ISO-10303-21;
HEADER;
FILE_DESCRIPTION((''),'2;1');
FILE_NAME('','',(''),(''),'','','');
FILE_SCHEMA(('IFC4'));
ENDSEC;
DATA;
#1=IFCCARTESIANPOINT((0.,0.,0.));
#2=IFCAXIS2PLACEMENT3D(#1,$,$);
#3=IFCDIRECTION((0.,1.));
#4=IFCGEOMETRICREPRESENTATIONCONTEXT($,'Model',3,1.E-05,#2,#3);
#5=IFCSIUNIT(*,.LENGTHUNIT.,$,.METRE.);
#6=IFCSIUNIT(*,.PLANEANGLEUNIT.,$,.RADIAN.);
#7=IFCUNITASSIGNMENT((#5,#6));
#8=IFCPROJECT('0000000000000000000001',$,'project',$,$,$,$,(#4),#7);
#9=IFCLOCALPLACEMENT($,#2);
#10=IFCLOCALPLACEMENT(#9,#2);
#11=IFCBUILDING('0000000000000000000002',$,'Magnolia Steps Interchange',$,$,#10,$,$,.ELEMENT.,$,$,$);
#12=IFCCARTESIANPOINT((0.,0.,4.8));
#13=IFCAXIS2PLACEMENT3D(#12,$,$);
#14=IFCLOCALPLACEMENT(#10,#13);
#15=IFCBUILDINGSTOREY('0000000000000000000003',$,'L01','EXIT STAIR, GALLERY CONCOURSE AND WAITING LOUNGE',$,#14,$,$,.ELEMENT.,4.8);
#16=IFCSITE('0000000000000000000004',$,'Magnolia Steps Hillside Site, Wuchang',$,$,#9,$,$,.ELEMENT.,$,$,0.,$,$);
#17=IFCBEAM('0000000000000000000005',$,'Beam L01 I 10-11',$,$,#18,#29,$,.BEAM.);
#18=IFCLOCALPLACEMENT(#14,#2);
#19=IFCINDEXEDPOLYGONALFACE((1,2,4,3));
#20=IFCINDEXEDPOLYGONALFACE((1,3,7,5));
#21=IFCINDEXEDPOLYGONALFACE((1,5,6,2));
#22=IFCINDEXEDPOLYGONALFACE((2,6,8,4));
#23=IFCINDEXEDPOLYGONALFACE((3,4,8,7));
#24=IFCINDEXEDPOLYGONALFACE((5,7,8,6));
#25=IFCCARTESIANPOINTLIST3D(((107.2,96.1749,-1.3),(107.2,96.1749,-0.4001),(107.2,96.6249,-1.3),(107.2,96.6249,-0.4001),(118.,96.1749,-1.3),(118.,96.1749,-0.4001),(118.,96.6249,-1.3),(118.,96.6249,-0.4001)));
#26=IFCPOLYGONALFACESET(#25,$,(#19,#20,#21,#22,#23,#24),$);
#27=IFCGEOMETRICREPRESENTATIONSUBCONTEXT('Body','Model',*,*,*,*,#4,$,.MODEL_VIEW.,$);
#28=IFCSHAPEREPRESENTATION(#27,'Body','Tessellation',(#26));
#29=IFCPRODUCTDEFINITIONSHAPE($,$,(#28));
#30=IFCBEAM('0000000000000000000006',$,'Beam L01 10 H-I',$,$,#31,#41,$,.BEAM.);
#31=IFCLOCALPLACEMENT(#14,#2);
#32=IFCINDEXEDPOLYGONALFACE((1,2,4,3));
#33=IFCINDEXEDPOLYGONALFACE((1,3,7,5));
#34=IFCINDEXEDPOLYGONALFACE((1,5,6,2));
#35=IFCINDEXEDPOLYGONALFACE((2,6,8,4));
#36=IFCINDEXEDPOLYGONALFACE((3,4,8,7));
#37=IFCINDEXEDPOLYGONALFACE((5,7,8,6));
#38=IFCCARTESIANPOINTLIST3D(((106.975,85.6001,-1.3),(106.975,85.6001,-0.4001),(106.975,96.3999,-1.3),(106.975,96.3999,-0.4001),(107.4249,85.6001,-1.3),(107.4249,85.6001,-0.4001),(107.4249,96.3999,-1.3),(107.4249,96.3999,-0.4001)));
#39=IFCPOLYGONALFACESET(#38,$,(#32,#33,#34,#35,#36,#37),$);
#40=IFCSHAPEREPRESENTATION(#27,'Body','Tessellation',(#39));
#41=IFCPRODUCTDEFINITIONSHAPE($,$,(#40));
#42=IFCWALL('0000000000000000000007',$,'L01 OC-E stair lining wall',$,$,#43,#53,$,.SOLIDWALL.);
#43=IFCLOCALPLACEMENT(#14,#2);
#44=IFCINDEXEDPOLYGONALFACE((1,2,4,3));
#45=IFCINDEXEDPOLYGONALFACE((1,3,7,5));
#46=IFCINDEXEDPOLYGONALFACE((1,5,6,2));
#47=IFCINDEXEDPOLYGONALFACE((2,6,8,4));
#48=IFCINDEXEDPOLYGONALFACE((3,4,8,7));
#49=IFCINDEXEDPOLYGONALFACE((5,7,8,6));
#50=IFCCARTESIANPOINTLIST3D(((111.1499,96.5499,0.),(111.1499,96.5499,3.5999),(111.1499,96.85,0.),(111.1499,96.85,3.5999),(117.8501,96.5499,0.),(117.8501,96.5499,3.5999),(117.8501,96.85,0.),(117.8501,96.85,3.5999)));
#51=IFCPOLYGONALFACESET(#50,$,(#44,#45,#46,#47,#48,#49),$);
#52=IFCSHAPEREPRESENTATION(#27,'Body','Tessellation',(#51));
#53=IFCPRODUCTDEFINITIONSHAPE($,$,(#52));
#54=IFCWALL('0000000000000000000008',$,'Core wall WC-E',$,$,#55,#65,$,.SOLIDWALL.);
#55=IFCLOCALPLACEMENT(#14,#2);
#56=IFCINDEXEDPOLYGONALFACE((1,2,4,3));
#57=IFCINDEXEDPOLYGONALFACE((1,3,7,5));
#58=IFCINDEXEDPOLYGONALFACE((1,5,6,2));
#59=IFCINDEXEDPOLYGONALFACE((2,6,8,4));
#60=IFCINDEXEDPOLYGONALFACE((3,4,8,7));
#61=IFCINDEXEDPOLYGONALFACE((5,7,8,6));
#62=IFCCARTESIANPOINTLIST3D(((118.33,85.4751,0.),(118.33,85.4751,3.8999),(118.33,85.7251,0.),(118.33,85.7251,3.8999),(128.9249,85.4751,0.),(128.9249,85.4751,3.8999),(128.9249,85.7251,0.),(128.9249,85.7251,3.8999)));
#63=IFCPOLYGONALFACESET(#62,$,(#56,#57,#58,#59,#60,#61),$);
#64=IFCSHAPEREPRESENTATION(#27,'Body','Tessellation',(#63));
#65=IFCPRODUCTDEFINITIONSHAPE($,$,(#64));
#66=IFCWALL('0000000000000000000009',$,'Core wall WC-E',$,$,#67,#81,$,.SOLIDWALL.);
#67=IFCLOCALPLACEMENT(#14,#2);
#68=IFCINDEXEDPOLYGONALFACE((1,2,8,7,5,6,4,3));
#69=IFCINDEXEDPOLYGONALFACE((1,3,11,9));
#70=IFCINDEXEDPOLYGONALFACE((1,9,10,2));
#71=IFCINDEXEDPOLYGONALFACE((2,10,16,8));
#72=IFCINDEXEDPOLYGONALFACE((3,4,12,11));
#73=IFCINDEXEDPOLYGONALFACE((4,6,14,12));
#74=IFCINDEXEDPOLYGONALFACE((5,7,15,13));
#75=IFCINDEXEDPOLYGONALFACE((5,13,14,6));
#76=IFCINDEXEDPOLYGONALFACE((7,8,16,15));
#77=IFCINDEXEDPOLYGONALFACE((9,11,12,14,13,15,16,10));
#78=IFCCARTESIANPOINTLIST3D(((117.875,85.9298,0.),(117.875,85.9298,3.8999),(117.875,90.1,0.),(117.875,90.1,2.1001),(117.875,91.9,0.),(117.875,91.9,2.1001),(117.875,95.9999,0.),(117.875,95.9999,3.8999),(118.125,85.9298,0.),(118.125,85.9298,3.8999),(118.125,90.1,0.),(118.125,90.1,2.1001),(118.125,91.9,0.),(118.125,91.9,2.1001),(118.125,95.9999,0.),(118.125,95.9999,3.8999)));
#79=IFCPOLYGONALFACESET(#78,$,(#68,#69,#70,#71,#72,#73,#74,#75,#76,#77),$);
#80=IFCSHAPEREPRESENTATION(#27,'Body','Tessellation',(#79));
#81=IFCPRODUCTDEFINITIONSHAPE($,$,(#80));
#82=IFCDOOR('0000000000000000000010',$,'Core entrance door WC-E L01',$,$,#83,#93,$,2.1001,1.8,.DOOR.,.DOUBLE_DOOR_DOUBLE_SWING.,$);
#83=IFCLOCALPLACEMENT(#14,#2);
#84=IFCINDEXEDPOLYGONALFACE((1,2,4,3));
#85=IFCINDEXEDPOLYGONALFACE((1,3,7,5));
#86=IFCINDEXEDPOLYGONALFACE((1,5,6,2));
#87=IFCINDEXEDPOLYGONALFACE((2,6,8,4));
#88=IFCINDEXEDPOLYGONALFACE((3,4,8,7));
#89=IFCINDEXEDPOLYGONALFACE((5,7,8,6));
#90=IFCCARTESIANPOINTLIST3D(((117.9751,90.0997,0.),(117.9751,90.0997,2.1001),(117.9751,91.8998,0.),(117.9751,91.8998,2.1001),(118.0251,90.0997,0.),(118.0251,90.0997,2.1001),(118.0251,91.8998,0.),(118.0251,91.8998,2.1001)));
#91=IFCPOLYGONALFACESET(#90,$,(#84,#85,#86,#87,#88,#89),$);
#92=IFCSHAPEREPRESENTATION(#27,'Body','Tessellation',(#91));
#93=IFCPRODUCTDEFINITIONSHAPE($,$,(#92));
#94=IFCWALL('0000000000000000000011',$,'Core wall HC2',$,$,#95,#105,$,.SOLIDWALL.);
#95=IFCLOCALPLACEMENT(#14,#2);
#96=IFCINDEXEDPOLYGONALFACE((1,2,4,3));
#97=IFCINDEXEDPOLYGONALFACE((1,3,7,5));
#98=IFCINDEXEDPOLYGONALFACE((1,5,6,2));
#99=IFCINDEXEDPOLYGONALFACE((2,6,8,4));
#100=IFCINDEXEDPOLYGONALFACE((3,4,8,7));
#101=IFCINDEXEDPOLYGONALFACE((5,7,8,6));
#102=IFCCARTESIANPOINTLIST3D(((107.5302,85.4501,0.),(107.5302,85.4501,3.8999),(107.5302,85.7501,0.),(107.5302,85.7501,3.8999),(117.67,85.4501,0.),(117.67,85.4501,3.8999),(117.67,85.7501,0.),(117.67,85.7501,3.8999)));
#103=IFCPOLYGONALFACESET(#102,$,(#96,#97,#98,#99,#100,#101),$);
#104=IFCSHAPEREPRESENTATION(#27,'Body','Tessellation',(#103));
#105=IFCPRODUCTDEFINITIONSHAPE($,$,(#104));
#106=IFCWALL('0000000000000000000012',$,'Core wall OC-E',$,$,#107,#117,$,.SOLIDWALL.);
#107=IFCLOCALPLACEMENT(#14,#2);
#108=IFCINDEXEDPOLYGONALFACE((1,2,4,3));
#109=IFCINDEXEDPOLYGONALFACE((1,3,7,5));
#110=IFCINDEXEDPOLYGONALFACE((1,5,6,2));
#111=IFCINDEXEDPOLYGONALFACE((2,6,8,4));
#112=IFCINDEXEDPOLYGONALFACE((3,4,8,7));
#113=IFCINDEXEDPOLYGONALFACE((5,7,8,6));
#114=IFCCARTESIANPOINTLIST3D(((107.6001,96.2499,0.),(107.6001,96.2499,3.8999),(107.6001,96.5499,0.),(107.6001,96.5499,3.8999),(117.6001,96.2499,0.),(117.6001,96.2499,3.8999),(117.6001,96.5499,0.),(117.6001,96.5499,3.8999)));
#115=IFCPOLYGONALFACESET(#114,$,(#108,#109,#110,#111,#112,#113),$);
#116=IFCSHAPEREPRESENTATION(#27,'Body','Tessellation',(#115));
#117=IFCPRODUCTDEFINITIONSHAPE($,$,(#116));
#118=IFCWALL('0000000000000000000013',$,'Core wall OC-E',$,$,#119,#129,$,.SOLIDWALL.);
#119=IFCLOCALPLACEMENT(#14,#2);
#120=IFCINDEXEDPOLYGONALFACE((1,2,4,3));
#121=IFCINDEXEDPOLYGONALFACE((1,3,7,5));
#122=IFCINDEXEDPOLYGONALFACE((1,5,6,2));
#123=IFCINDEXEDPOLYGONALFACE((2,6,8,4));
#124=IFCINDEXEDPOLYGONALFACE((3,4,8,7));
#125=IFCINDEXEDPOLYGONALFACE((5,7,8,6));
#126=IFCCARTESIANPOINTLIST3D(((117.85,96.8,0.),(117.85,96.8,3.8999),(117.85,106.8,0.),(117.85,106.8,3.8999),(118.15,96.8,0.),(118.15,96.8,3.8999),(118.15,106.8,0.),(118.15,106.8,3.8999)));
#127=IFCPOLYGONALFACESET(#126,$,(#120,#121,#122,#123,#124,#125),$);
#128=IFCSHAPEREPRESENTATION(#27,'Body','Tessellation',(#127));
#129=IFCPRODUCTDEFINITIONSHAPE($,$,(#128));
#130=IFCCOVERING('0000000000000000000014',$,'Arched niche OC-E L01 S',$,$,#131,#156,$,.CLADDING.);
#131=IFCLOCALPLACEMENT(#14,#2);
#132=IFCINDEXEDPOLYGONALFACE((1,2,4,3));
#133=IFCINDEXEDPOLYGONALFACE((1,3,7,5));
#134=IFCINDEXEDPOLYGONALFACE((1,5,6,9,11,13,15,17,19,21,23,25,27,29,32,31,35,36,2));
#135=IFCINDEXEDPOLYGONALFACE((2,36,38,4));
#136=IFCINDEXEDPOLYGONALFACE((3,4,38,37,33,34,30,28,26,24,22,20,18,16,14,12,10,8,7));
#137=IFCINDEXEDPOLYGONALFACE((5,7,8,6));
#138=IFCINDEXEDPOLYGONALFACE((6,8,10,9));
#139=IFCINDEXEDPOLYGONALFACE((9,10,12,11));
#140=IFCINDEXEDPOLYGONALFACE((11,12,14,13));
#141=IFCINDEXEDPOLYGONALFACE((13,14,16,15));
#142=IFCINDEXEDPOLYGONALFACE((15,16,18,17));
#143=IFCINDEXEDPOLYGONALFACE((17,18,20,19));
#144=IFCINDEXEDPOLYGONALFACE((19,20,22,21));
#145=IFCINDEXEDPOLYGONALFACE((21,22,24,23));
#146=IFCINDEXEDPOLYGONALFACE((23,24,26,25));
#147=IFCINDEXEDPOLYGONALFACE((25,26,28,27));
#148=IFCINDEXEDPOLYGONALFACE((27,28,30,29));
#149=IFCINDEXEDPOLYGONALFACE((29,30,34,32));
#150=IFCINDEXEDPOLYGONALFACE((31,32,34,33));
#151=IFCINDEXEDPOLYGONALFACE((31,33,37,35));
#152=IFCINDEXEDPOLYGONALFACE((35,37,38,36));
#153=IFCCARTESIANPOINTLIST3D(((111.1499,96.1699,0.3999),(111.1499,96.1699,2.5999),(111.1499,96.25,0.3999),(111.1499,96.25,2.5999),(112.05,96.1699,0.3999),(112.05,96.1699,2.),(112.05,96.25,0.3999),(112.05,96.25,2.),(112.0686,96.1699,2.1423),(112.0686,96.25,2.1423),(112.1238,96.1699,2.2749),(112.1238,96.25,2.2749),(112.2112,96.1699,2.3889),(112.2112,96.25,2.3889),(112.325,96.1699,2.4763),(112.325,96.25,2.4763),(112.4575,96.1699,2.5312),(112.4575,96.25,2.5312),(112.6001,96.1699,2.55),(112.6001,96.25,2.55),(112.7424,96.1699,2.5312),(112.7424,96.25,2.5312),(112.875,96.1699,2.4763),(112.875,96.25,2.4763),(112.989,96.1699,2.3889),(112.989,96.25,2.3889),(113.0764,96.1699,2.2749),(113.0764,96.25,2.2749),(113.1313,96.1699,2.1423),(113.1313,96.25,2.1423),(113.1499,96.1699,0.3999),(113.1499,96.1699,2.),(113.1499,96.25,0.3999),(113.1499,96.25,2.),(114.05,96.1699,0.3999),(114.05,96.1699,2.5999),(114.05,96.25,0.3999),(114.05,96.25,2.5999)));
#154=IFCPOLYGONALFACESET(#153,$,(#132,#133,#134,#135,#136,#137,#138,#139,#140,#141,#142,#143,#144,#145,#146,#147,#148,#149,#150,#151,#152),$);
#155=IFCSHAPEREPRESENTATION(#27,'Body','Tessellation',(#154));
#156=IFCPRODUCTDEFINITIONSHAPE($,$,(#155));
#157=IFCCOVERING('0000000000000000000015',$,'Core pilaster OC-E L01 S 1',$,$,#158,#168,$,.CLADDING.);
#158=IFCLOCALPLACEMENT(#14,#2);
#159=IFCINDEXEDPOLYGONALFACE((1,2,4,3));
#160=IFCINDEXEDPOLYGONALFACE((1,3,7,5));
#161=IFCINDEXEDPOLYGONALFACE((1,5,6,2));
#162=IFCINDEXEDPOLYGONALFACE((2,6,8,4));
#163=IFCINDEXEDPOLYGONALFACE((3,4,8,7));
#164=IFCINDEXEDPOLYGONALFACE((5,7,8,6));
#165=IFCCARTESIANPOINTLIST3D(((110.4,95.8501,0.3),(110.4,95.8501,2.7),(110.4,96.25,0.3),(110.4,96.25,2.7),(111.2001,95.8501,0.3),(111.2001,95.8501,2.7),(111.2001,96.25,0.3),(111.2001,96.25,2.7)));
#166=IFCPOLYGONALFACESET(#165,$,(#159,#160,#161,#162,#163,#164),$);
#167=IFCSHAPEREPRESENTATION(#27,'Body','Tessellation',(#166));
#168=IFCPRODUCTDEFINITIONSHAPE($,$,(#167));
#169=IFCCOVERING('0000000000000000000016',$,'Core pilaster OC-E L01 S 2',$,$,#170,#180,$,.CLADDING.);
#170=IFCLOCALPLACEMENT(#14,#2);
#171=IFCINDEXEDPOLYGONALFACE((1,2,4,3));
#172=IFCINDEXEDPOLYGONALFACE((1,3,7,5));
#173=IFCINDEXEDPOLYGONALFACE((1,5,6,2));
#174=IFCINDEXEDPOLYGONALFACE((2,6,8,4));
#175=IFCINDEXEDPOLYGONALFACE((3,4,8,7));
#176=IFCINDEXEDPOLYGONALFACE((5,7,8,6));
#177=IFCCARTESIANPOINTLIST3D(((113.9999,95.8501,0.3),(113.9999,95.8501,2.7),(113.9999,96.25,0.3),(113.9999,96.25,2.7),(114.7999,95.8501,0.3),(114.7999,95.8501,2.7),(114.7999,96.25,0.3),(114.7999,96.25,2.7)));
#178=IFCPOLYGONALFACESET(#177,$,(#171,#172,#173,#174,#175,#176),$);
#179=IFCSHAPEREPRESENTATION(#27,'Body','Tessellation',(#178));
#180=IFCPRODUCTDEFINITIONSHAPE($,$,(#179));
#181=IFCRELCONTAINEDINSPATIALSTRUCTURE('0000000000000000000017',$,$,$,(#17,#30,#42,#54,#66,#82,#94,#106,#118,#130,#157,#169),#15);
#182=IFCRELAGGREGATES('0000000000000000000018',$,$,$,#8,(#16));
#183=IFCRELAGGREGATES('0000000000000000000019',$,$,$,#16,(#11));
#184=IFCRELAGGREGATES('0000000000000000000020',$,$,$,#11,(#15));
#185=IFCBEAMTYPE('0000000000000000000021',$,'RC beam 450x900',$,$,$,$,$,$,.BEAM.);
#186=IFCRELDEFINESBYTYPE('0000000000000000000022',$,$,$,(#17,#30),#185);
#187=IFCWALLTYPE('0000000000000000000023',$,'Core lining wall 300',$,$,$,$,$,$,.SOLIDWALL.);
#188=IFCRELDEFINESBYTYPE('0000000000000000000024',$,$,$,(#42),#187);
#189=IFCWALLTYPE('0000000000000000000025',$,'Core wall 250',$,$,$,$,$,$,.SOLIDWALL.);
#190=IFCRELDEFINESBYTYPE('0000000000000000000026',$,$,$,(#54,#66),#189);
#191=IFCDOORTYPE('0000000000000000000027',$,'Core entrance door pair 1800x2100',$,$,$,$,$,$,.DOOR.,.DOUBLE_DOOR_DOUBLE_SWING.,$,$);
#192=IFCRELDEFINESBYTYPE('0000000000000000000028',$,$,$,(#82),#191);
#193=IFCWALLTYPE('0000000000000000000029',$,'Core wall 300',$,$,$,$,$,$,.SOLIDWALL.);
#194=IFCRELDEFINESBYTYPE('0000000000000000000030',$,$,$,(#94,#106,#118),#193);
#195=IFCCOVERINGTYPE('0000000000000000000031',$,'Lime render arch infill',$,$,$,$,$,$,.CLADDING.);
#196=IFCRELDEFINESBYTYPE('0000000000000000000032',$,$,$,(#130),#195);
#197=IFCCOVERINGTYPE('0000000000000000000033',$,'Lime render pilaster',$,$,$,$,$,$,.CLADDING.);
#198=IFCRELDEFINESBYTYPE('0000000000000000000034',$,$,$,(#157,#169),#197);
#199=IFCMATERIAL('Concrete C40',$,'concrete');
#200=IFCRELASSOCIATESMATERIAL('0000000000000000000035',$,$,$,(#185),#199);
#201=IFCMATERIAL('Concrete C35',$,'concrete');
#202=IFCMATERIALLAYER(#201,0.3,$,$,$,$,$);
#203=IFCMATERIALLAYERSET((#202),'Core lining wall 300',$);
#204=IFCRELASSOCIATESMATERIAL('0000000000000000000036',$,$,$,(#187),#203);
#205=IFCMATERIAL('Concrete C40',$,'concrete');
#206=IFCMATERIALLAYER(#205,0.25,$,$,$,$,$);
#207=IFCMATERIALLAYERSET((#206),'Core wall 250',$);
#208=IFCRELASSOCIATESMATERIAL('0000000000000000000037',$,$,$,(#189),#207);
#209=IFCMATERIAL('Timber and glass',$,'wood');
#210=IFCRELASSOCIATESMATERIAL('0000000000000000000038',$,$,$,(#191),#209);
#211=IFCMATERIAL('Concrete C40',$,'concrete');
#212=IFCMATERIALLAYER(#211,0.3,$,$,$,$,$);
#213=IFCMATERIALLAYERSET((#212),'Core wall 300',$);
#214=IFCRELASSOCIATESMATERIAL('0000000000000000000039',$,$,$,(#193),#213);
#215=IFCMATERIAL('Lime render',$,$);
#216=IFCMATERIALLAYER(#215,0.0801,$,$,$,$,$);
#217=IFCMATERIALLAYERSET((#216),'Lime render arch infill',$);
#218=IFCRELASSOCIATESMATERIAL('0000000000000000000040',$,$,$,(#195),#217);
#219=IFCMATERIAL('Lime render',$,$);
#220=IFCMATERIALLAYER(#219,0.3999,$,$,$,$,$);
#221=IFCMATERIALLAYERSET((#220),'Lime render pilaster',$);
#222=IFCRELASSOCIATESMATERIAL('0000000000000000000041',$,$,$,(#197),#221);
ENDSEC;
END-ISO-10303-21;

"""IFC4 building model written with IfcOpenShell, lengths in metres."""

from ifc_helpers import new_model, si_unit, direction, frame, frame_2d, origin, origin_2d, place, context, subcontext, project, spatial, polyline, rectangle, outline, extrude, material, layer, layer_set, material_profile, profile_set, type_object, element, fill, save


model = new_model("IFC4")

# Units and contexts
model_context = context("Model", 3, precision=1e-05, world=origin(), true_north=direction((0.0, 1.0)))
body_context = subcontext(model_context, "Body", "Model", "MODEL_VIEW")
ifc_project = project(units=[si_unit("LENGTHUNIT", "METRE"), si_unit("PLANEANGLEUNIT", "RADIAN")], contexts=[model_context])

# Site, building, storey
site_placement = place(None, origin())
site = spatial("IfcSite", under=ifc_project, at=site_placement, Name="Magnolia Steps Hillside Site, Wuchang", CompositionType="ELEMENT", RefElevation=0.0)
building_placement = place(site_placement, origin())
building = spatial("IfcBuilding", under=site, at=building_placement, Name="Magnolia Steps Interchange", CompositionType="ELEMENT")
storey_placement = place(building_placement, frame((0.0, 0.0, 4.8)))
storey = spatial("IfcBuildingStorey", under=building, at=storey_placement, Name="L01", Description="EXIT STAIR, GALLERY CONCOURSE AND WAITING LOUNGE", CompositionType="ELEMENT", Elevation=4.8)

# Beams
ifc_material_1 = material(Name="Concrete C40", Category="concrete")
ifc_material_profile_1 = material_profile(ifc_material_1, rectangle(XDim=0.45, YDim=0.8999, at=origin_2d()), Name="RC450x900")
ifc_profile_set_1 = profile_set([ifc_material_profile_1], Name="Concrete C40")
beam_type_1 = type_object("IfcBeamType", Name="RC beam 450x900", PredefinedType="BEAM", material=ifc_profile_set_1)
beam_1_placement = place(storey_placement, frame((107.2, 96.3999, -0.8501), z_axis=(1.0, 0.0, 0.0), x_axis=(0.0, 1.0, 0.0)))
element("IfcBeam", 1, at=beam_1_placement, inside=storey, type_object=beam_type_1, Name="Beam L01 I 10-11", PredefinedType="BEAM", context=body_context, shape_type="SweptSolid", body=[
    extrude(rectangle(XDim=0.45, YDim=0.8999, at=origin_2d()), origin(), (0.0, 0.0, 1.0), 10.8),
])
beam_2_placement = place(storey_placement, frame((107.2, 85.6001, -0.8501), z_axis=(0.0, 1.0, 0.0), x_axis=(-1.0, 0.0, 0.0)))
element("IfcBeam", 2, at=beam_2_placement, inside=storey, type_object=beam_type_1, Name="Beam L01 10 H-I", PredefinedType="BEAM", context=body_context, shape_type="SweptSolid", body=[
    extrude(rectangle(XDim=0.45, YDim=0.8999, at=origin_2d()), origin(), (0.0, 0.0, 1.0), 10.7998),
])

# Walls
ifc_material_2 = material(Name="Concrete C35", Category="concrete")
ifc_layer_1 = layer(ifc_material_2, 0.3)
ifc_layer_set_1 = layer_set([ifc_layer_1], Name="Core lining wall 300")
wall_type_1 = type_object("IfcWallType", Name="Core lining wall 300", PredefinedType="SOLIDWALL", material=ifc_layer_set_1)
wall_1_placement = place(storey_placement, frame((111.1499, 96.7, 0.0), z_axis=(0.0, 0.0, 1.0), x_axis=(1.0, 0.0, 0.0)))
element("IfcWall", 3, at=wall_1_placement, inside=storey, type_object=wall_type_1, Name="L01 OC-E stair lining wall", PredefinedType="SOLIDWALL", context=body_context, shape_type="SweptSolid", body=[
    extrude(rectangle(XDim=6.7002, YDim=0.3, at=frame_2d((3.3501, 0.0))), origin(), (0.0, 0.0, 1.0), 3.5999),
])
ifc_material_3 = material(Name="Concrete C40", Category="concrete")
ifc_layer_2 = layer(ifc_material_3, 0.25)
ifc_layer_set_2 = layer_set([ifc_layer_2], Name="Core wall 250")
wall_type_2 = type_object("IfcWallType", Name="Core wall 250", PredefinedType="SOLIDWALL", material=ifc_layer_set_2)
wall_2_placement = place(storey_placement, frame((118.3301, 85.6001, 0.0), z_axis=(0.0, 0.0, 1.0), x_axis=(1.0, 0.0, 0.0)))
element("IfcWall", 4, at=wall_2_placement, inside=storey, type_object=wall_type_2, Name="Core wall WC-E", PredefinedType="SOLIDWALL", context=body_context, shape_type="SweptSolid", body=[
    extrude(rectangle(XDim=10.595, YDim=0.25, at=frame_2d((5.2974, 0.0))), origin(), (0.0, 0.0, 1.0), 3.8999),
])

# Wall, opening, door
wall_3_placement = place(storey_placement, frame((118.0, 96.0, 0.0), z_axis=(0.0, 0.0, 1.0), x_axis=(0.0, -1.0, 0.0)))
wall_3 = element("IfcWall", 5, at=wall_3_placement, inside=storey, type_object=wall_type_2, Name="Core wall WC-E", PredefinedType="SOLIDWALL", context=body_context, shape_type="SweptSolid", body=[
    extrude(rectangle(XDim=10.0701, YDim=0.25, at=frame_2d((5.0352, 0.0))), origin(), (0.0, 0.0, 1.0), 3.8999),
])
opening_placement = place(wall_3_placement, frame((4.1001, 0.0, 0.0)))
opening = element("IfcOpeningElement", 6, at=opening_placement, cuts=wall_3, PredefinedType="OPENING", context=body_context, shape_type="SweptSolid", body=[
    extrude(rectangle(XDim=1.8, YDim=2.1001, at=frame_2d((0.8999, 1.05))), frame((0.0, 0.135, 0.0), z_axis=(0.0, -1.0, 0.0), x_axis=(1.0, 0.0, 0.0)), (0.0, 0.0, 1.0), 0.27),
])
ifc_material_4 = material(Name="Timber and glass", Category="wood")
door_type = type_object("IfcDoorType", Name="Core entrance door pair 1800x2100", OperationType="DOUBLE_DOOR_DOUBLE_SWING", PredefinedType="DOOR", material=ifc_material_4)
door_placement = place(opening_placement, frame((1.8, 0.0, 0.0), z_axis=(0.0, 0.0, 1.0), x_axis=(-1.0, 0.0, 0.0)))
door = element("IfcDoor", 7, at=door_placement, inside=storey, type_object=door_type, Name="Core entrance door WC-E L01", OperationType="DOUBLE_DOOR_DOUBLE_SWING", OverallHeight=2.1001, OverallWidth=1.8, PredefinedType="DOOR", context=body_context, shape_type="SweptSolid", body=[
    extrude(rectangle(XDim=1.8, YDim=2.1001, at=frame_2d((0.8999, 1.05))), frame((0.0, 0.0249, 0.0), z_axis=(0.0, -1.0, 0.0), x_axis=(1.0, 0.0, 0.0)), (0.0, 0.0, 1.0), 0.05),
])
fill(opening, door)

# Walls
ifc_material_5 = material(Name="Concrete C40", Category="concrete")
ifc_layer_3 = layer(ifc_material_5, 0.3)
ifc_layer_set_3 = layer_set([ifc_layer_3], Name="Core wall 300")
wall_type_3 = type_object("IfcWallType", Name="Core wall 300", PredefinedType="SOLIDWALL", material=ifc_layer_set_3)
wall_4_placement = place(storey_placement, frame((117.6699, 85.6001, 0.0), z_axis=(0.0, 0.0, 1.0), x_axis=(-1.0, 0.0, 0.0)))
element("IfcWall", 8, at=wall_4_placement, inside=storey, type_object=wall_type_3, Name="Core wall HC2", PredefinedType="SOLIDWALL", context=body_context, shape_type="SweptSolid", body=[
    extrude(rectangle(XDim=10.1399, YDim=0.3, at=frame_2d((5.0698, 0.0))), origin(), (0.0, 0.0, 1.0), 3.8999),
])
for number, where, z_axis, x_axis, name in (
    (9, (107.6001, 96.3999, 0.0), (0.0, 0.0, 1.0), (1.0, 0.0, 0.0), "Core wall OC-E"),
    (10, (118.0, 96.8, 0.0), (0.0, 0.0, 1.0), (0.0, 1.0, 0.0), "Core wall OC-E"),
):
    element("IfcWall", number, at=place(storey_placement, frame(where, z_axis=z_axis, x_axis=x_axis)), inside=storey, type_object=wall_type_3, Name=name, PredefinedType="SOLIDWALL", context=body_context, shape_type="SweptSolid", body=[
        extrude(rectangle(XDim=10.0, YDim=0.3, at=frame_2d((5.0, 0.0))), origin(), (0.0, 0.0, 1.0), 3.8999),
    ])

# Coverings
ifc_material_6 = material(Name="Lime render")
ifc_layer_4 = layer(ifc_material_6, 0.0801)
ifc_layer_set_4 = layer_set([ifc_layer_4], Name="Lime render arch infill")
covering_type_1 = type_object("IfcCoveringType", Name="Lime render arch infill", PredefinedType="CLADDING", material=ifc_layer_set_4)
covering_placement = place(storey_placement, frame((111.1499, 96.25, 0.3999), z_axis=(0.0, 1.0, 0.0), x_axis=(0.0, 0.0, 1.0)))
element("IfcCovering", 11, at=covering_placement, inside=storey, type_object=covering_type_1, Name="Arched niche OC-E L01 S", PredefinedType="CLADDING", context=body_context, shape_type="SweptSolid", body=[
    extrude(outline(polyline([(0.0, 0.0), (2.2, 0.0), (2.2, 2.9001), (0.0, 2.9001), (0.0, 2.0), (1.6001, 2.0), (1.7424, 1.9814), (1.875, 1.9265), (1.989, 1.8391), (2.0764, 1.7251), (2.1313, 1.5925), (2.1501, 1.4502), (2.1313, 1.3076), (2.0764, 1.175), (1.989, 1.0613), (1.875, 0.9739), (1.7424, 0.9187), (1.6001, 0.9001), (0.0, 0.9001), (0.0, 0.0)])), origin(), (0.0, 0.0, -1.0), 0.0801),
])
ifc_material_7 = material(Name="Lime render")
ifc_layer_5 = layer(ifc_material_7, 0.3999)
ifc_layer_set_5 = layer_set([ifc_layer_5], Name="Lime render pilaster")
covering_type_2 = type_object("IfcCoveringType", Name="Lime render pilaster", PredefinedType="CLADDING", material=ifc_layer_set_5)
for number, where, z_axis, x_axis, name in (
    (12, (110.8, 96.05, 0.3), (0.0, 0.0, 1.0), (1.0, 0.0, 0.0), "Core pilaster OC-E L01 S 1"),
    (13, (114.3999, 96.05, 0.3), (0.0, 0.0, 1.0), (1.0, 0.0, 0.0), "Core pilaster OC-E L01 S 2"),
):
    element("IfcCovering", number, at=place(storey_placement, frame(where, z_axis=z_axis, x_axis=x_axis)), inside=storey, type_object=covering_type_2, Name=name, PredefinedType="CLADDING", context=body_context, shape_type="SweptSolid", body=[
        extrude(rectangle(XDim=0.8, YDim=0.3999, at=origin_2d()), origin(), (0.0, 0.0, 1.0), 2.3999),
    ])

save(model, "model.ifc")
